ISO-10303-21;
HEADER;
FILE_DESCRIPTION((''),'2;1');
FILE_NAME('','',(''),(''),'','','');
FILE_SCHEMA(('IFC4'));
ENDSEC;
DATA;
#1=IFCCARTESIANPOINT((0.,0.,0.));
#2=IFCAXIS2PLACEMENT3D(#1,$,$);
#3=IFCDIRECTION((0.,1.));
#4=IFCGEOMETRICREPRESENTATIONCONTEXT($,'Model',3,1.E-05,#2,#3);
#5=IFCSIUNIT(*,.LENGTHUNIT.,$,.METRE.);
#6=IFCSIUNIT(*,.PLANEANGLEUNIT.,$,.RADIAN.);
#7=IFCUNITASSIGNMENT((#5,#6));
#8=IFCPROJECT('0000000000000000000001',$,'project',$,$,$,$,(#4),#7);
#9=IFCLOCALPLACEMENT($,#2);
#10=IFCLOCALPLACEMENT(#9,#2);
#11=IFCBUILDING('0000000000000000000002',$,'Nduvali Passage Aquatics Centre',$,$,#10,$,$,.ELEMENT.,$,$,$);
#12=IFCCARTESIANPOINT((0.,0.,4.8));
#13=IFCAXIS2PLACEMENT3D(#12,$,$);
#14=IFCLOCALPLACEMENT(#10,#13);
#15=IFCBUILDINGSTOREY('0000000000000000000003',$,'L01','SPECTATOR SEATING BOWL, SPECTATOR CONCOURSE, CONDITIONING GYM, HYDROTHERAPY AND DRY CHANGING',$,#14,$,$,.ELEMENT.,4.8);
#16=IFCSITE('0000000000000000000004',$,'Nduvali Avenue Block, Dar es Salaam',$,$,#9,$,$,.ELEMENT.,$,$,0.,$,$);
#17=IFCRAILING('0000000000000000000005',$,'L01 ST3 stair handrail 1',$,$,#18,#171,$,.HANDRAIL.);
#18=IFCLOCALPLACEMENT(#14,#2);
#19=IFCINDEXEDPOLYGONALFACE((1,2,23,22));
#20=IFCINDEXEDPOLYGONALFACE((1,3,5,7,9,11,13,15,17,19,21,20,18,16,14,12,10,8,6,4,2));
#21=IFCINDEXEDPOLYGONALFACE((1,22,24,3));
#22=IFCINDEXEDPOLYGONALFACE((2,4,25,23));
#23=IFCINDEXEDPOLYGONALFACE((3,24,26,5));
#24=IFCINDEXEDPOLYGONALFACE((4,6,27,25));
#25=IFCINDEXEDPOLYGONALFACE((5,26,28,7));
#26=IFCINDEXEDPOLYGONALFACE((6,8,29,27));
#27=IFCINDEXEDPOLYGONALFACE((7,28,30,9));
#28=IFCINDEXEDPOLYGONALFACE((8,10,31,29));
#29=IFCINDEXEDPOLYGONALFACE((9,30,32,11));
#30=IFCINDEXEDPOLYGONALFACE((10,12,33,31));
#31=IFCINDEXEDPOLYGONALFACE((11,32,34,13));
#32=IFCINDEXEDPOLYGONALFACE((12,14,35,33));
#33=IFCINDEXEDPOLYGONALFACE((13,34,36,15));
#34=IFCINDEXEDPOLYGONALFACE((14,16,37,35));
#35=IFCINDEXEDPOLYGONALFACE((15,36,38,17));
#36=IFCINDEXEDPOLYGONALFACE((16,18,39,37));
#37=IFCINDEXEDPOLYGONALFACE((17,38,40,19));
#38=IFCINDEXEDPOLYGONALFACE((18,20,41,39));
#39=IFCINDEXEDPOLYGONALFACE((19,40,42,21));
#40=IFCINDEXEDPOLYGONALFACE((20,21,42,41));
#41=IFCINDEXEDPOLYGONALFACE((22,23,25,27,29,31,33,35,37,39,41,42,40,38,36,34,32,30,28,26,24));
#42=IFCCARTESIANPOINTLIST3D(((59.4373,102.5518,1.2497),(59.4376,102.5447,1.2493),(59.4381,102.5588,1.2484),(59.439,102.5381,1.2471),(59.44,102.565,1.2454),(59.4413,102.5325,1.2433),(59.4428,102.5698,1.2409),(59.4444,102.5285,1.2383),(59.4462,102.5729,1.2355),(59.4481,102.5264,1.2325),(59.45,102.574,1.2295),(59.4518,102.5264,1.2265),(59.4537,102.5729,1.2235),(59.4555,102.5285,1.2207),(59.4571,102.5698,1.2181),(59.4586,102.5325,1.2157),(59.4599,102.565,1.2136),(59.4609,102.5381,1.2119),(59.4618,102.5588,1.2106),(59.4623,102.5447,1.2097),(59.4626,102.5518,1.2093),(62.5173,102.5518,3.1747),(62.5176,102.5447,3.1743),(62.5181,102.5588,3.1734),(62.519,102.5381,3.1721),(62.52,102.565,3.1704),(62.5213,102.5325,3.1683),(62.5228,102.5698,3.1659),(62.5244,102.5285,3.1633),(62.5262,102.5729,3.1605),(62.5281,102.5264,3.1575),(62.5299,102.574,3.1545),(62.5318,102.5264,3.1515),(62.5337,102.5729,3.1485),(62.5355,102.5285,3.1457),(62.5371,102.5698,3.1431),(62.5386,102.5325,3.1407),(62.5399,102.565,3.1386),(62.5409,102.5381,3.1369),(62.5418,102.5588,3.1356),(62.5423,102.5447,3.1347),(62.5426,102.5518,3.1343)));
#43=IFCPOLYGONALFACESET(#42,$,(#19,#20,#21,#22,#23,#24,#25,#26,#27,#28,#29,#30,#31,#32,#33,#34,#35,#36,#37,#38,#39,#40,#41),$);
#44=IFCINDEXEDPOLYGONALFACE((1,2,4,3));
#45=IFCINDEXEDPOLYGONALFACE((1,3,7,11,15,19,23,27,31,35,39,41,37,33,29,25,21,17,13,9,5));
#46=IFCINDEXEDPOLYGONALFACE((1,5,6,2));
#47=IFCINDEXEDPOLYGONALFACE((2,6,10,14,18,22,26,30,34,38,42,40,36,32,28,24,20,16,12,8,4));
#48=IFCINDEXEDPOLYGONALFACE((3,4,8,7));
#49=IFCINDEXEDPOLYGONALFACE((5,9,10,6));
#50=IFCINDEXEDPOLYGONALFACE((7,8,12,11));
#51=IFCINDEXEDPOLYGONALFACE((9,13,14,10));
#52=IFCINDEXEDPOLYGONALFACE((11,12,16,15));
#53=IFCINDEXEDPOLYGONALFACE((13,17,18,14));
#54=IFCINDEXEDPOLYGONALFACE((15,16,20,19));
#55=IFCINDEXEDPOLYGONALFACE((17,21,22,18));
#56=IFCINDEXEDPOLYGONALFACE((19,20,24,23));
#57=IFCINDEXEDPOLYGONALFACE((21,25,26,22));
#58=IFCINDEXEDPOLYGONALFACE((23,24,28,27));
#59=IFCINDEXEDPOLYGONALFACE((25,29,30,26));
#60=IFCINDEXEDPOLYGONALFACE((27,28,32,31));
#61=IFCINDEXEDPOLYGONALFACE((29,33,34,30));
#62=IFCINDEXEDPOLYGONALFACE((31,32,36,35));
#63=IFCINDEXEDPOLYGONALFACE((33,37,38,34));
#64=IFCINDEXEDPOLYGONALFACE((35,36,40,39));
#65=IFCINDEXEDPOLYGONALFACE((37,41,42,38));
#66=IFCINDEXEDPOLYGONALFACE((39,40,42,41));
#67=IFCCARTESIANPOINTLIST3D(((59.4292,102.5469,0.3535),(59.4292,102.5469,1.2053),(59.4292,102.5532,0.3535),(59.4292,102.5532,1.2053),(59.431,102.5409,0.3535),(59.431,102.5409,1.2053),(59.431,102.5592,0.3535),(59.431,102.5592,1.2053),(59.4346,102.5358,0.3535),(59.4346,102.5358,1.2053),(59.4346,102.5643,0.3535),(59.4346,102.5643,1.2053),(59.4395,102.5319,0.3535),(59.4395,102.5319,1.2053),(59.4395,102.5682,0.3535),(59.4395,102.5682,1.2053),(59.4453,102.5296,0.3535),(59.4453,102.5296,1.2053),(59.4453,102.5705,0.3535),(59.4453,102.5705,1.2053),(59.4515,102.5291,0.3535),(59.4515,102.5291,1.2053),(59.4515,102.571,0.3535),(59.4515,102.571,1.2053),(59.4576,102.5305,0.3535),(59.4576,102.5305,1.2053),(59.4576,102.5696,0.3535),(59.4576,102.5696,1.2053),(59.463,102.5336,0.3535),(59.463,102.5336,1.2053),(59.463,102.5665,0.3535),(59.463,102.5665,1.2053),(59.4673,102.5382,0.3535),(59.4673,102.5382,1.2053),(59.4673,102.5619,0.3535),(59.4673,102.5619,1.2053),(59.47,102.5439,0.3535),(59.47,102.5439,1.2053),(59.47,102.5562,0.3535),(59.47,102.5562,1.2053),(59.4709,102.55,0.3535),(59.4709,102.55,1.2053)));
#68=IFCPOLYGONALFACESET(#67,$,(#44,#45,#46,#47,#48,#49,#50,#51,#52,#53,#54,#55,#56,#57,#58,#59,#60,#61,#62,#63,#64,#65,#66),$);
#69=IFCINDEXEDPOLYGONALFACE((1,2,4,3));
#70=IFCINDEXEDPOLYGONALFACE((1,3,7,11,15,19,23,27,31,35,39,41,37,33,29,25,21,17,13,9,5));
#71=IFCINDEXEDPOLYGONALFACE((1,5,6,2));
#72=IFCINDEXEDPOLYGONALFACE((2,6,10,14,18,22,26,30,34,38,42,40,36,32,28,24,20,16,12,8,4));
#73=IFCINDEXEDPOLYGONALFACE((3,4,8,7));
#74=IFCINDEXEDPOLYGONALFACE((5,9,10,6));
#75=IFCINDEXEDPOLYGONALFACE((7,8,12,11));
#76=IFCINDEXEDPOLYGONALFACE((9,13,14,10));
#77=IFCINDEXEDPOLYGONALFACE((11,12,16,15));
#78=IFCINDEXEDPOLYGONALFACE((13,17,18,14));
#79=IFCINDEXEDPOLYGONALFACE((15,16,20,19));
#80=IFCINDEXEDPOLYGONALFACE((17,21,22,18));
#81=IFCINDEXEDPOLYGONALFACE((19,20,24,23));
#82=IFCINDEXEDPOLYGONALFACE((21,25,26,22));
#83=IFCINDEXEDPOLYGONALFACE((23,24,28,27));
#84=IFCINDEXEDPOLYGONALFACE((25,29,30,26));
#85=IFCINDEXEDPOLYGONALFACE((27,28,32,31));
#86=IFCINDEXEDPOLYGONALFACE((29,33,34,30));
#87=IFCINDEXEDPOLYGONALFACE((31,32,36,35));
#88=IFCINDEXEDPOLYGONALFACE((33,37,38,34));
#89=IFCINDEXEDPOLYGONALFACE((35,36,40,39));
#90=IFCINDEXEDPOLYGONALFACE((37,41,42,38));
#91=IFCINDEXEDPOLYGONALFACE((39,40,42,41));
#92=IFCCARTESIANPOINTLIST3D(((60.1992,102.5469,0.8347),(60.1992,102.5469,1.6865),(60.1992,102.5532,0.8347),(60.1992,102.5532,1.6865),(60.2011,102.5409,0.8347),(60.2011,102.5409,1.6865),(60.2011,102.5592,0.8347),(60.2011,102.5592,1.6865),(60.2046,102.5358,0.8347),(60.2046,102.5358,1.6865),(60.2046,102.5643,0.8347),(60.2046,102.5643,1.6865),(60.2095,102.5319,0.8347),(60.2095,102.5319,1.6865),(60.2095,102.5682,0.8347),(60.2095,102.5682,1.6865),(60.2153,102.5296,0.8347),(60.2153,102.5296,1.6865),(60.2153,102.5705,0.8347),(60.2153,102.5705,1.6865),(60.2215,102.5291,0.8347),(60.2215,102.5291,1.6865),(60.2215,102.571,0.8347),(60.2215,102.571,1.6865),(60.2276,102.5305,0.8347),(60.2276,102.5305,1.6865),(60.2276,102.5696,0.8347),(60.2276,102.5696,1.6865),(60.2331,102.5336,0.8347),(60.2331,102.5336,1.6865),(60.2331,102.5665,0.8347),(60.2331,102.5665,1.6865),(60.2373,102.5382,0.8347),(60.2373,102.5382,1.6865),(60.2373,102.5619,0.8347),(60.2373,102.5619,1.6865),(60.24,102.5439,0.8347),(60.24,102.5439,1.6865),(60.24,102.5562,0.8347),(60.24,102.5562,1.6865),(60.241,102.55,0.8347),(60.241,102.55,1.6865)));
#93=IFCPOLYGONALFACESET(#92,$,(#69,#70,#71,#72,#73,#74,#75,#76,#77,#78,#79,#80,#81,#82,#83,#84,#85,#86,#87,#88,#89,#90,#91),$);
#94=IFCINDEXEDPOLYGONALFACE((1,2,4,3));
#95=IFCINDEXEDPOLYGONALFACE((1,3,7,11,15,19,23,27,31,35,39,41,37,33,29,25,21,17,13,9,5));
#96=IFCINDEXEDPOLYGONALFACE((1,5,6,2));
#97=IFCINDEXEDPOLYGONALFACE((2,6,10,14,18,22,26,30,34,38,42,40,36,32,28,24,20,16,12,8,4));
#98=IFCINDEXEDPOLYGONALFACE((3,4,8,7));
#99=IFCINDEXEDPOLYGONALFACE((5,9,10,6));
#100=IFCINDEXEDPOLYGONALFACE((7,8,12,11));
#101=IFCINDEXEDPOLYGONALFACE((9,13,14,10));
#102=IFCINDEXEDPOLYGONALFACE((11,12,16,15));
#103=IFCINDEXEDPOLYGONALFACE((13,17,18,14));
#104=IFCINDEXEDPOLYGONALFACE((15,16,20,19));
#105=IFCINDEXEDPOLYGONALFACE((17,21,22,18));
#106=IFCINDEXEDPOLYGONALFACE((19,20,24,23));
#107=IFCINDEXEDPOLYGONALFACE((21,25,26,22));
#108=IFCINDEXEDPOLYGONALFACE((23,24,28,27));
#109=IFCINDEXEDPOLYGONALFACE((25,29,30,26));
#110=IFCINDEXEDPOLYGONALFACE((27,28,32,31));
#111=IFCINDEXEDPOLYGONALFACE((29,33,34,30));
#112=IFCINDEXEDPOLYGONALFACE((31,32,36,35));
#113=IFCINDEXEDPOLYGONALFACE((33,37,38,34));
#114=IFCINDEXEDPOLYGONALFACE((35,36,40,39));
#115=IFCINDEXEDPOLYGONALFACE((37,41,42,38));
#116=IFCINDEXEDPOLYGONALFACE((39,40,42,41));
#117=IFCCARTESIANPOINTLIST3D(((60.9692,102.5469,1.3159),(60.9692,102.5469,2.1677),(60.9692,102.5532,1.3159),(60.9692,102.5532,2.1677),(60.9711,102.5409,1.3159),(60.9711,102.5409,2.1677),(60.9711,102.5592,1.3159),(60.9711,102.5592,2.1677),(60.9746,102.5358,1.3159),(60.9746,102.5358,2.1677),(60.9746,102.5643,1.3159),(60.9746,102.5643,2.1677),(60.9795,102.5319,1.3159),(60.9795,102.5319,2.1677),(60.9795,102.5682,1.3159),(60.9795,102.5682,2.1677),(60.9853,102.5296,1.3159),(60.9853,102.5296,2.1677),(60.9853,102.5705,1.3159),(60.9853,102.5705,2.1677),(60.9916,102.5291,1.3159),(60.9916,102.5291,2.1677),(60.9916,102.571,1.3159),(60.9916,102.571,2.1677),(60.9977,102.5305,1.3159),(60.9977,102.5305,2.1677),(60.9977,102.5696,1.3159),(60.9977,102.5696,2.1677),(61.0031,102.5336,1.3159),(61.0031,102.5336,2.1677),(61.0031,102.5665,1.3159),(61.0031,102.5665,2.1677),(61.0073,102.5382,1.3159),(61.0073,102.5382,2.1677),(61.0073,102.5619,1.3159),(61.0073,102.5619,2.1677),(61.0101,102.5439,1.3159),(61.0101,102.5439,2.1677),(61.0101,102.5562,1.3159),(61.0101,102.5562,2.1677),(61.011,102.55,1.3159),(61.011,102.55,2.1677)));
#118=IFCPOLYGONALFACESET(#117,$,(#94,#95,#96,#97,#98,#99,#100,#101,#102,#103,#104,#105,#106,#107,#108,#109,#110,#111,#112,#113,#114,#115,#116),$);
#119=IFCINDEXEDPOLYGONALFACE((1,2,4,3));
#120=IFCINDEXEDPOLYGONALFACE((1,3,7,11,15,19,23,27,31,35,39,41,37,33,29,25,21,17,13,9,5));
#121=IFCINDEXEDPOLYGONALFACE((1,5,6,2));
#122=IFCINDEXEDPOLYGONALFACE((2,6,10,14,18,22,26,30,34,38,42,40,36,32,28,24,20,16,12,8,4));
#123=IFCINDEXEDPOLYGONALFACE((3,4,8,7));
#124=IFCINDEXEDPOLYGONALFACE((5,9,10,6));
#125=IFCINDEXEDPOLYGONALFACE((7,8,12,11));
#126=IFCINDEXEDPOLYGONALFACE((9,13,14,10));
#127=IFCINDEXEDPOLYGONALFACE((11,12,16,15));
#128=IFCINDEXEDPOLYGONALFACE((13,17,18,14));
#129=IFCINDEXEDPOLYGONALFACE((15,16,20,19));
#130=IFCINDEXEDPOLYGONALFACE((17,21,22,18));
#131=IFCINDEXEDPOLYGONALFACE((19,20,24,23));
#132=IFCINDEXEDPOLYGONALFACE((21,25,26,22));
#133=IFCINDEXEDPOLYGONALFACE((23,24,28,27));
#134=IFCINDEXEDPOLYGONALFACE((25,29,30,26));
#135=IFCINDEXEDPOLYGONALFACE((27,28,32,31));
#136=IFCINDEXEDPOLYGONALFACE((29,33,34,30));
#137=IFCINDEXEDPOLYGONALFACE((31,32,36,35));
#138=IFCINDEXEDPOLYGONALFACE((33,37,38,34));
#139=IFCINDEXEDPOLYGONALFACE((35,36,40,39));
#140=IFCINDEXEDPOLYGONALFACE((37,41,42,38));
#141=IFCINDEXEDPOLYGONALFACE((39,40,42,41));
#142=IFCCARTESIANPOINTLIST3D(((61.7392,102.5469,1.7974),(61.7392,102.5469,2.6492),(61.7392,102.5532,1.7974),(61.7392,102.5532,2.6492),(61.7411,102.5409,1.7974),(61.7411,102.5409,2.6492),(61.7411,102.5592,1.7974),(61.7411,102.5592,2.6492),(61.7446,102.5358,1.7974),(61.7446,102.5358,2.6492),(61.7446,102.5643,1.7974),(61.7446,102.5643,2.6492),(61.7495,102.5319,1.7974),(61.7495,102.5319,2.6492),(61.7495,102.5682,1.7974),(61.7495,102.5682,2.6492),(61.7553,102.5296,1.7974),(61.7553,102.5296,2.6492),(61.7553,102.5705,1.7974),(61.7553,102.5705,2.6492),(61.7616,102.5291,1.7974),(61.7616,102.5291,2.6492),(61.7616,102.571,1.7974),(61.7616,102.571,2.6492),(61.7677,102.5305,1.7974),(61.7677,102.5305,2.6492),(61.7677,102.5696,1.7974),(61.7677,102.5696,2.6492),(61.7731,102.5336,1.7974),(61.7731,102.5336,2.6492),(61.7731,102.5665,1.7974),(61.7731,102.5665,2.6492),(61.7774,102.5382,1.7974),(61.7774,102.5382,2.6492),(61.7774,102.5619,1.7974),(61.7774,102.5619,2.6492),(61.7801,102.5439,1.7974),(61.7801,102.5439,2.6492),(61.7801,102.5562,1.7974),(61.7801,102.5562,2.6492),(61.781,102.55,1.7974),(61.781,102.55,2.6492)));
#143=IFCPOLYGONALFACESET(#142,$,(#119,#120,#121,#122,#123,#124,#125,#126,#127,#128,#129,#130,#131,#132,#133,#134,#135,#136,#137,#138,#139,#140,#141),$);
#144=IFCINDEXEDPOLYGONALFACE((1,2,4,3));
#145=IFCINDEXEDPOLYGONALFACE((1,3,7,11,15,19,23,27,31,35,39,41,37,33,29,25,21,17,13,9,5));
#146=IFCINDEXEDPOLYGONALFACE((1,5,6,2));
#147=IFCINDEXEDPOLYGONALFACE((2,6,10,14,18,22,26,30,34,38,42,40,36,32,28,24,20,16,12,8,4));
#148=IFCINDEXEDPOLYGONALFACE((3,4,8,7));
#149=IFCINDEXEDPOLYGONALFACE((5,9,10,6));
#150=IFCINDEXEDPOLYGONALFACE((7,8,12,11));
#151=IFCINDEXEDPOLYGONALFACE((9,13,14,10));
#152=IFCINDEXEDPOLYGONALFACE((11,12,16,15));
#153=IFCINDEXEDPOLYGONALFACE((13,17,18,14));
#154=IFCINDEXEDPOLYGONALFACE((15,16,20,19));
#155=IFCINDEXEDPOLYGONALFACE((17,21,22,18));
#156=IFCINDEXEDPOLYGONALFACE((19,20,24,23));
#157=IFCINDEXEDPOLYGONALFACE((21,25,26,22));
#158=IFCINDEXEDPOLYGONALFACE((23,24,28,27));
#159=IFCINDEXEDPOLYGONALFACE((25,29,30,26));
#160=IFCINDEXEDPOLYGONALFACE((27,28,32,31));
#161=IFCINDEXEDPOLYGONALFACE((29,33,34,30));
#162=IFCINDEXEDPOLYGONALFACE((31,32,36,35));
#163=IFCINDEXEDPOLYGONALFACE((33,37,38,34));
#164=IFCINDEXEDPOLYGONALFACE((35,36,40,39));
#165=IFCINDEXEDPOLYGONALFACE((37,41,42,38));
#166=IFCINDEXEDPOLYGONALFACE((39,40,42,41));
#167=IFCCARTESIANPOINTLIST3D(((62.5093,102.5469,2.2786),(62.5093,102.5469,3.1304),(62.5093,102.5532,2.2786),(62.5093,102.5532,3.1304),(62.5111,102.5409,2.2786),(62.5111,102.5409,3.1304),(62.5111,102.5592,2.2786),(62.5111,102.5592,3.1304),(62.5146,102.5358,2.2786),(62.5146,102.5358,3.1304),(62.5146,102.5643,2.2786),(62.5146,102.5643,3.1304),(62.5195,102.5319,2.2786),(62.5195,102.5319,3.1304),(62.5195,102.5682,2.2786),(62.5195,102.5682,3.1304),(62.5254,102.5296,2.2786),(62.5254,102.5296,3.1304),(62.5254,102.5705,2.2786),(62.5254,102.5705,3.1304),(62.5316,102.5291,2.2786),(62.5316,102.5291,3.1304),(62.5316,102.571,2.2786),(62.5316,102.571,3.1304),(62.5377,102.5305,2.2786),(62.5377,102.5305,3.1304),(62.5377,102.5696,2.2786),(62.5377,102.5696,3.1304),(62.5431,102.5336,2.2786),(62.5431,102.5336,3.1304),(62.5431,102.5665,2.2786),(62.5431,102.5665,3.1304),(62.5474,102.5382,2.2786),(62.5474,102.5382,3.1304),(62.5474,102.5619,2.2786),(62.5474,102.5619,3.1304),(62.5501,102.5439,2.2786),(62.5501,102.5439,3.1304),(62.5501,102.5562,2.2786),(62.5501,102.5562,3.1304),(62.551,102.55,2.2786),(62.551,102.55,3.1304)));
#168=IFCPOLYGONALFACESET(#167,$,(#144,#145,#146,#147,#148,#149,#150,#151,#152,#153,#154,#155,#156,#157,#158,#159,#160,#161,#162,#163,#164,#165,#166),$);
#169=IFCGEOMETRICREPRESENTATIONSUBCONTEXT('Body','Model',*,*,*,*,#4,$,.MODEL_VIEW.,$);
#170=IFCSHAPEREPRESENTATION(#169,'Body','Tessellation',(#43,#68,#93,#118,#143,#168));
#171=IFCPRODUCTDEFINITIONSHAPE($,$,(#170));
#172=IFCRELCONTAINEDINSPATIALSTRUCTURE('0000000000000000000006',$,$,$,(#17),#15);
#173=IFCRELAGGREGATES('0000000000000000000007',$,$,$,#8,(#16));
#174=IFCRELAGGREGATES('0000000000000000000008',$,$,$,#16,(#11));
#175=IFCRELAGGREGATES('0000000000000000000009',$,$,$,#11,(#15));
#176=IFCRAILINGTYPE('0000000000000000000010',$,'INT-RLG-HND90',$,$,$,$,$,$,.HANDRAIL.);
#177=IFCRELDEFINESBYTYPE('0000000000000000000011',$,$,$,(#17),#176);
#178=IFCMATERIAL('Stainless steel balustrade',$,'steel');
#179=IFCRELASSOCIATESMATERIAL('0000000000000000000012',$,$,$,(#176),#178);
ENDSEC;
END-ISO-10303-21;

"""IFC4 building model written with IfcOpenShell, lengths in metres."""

from ifc_helpers import new_model, si_unit, direction, frame, origin, origin_2d, place, context, subcontext, project, spatial, circle, extrude, material, type_object, element, save


model = new_model("IFC4")

# Units and contexts
model_context = context("Model", 3, precision=1e-05, world=origin(), true_north=direction((0.0, 1.0)))
body_context = subcontext(model_context, "Body", "Model", "MODEL_VIEW")
ifc_project = project(units=[si_unit("LENGTHUNIT", "METRE"), si_unit("PLANEANGLEUNIT", "RADIAN")], contexts=[model_context])

# Site, building, storey
site_placement = place(None, origin())
site = spatial("IfcSite", under=ifc_project, at=site_placement, Name="Nduvali Avenue Block, Dar es Salaam", CompositionType="ELEMENT", RefElevation=0.0)
building_placement = place(site_placement, origin())
building = spatial("IfcBuilding", under=site, at=building_placement, Name="Nduvali Passage Aquatics Centre", CompositionType="ELEMENT")
storey_placement = place(building_placement, frame((0.0, 0.0, 4.8)))
storey = spatial("IfcBuildingStorey", under=building, at=storey_placement, Name="L01", Description="SPECTATOR SEATING BOWL, SPECTATOR CONCOURSE, CONDITIONING GYM, HYDROTHERAPY AND DRY CHANGING", CompositionType="ELEMENT", Elevation=4.8)

# Railing
ifc_material_1 = material(Name="Stainless steel balustrade", Category="steel")
railing_type_1 = type_object("IfcRailingType", Name="INT-RLG-HND90", PredefinedType="HANDRAIL", material=ifc_material_1)
railing_1_placement = place(storey_placement, frame((59.45, 102.55, 0.3535)))
element("IfcRailing", 1, at=railing_1_placement, inside=storey, type_object=railing_type_1, Name="L01 ST3 stair handrail 1", PredefinedType="HANDRAIL", context=body_context, shape_type="SweptSolid", body=[
    extrude(circle(Radius=0.0239, at=origin_2d()), frame((0.0, 0.0, 0.876), z_axis=(0.847998, 0.0, 0.529999), x_axis=(0.0, 1.0, 0.0)), (0.0, 0.0, 1.0), 3.6321),
    extrude(circle(Radius=0.021, at=origin_2d()), origin(), (0.0, 0.0, 1.0), 0.8518),
    extrude(circle(Radius=0.021, at=origin_2d()), frame((0.77, 0.0, 0.4812)), (0.0, 0.0, 1.0), 0.8518),
    extrude(circle(Radius=0.021, at=origin_2d()), frame((1.54, 0.0, 0.9624)), (0.0, 0.0, 1.0), 0.8518),
    extrude(circle(Radius=0.021, at=origin_2d()), frame((2.3101, 0.0, 1.4438)), (0.0, 0.0, 1.0), 0.8518),
    extrude(circle(Radius=0.021, at=origin_2d()), frame((3.0801, 0.0, 1.925)), (0.0, 0.0, 1.0), 0.8518),
])

save(model, "model.ifc")
